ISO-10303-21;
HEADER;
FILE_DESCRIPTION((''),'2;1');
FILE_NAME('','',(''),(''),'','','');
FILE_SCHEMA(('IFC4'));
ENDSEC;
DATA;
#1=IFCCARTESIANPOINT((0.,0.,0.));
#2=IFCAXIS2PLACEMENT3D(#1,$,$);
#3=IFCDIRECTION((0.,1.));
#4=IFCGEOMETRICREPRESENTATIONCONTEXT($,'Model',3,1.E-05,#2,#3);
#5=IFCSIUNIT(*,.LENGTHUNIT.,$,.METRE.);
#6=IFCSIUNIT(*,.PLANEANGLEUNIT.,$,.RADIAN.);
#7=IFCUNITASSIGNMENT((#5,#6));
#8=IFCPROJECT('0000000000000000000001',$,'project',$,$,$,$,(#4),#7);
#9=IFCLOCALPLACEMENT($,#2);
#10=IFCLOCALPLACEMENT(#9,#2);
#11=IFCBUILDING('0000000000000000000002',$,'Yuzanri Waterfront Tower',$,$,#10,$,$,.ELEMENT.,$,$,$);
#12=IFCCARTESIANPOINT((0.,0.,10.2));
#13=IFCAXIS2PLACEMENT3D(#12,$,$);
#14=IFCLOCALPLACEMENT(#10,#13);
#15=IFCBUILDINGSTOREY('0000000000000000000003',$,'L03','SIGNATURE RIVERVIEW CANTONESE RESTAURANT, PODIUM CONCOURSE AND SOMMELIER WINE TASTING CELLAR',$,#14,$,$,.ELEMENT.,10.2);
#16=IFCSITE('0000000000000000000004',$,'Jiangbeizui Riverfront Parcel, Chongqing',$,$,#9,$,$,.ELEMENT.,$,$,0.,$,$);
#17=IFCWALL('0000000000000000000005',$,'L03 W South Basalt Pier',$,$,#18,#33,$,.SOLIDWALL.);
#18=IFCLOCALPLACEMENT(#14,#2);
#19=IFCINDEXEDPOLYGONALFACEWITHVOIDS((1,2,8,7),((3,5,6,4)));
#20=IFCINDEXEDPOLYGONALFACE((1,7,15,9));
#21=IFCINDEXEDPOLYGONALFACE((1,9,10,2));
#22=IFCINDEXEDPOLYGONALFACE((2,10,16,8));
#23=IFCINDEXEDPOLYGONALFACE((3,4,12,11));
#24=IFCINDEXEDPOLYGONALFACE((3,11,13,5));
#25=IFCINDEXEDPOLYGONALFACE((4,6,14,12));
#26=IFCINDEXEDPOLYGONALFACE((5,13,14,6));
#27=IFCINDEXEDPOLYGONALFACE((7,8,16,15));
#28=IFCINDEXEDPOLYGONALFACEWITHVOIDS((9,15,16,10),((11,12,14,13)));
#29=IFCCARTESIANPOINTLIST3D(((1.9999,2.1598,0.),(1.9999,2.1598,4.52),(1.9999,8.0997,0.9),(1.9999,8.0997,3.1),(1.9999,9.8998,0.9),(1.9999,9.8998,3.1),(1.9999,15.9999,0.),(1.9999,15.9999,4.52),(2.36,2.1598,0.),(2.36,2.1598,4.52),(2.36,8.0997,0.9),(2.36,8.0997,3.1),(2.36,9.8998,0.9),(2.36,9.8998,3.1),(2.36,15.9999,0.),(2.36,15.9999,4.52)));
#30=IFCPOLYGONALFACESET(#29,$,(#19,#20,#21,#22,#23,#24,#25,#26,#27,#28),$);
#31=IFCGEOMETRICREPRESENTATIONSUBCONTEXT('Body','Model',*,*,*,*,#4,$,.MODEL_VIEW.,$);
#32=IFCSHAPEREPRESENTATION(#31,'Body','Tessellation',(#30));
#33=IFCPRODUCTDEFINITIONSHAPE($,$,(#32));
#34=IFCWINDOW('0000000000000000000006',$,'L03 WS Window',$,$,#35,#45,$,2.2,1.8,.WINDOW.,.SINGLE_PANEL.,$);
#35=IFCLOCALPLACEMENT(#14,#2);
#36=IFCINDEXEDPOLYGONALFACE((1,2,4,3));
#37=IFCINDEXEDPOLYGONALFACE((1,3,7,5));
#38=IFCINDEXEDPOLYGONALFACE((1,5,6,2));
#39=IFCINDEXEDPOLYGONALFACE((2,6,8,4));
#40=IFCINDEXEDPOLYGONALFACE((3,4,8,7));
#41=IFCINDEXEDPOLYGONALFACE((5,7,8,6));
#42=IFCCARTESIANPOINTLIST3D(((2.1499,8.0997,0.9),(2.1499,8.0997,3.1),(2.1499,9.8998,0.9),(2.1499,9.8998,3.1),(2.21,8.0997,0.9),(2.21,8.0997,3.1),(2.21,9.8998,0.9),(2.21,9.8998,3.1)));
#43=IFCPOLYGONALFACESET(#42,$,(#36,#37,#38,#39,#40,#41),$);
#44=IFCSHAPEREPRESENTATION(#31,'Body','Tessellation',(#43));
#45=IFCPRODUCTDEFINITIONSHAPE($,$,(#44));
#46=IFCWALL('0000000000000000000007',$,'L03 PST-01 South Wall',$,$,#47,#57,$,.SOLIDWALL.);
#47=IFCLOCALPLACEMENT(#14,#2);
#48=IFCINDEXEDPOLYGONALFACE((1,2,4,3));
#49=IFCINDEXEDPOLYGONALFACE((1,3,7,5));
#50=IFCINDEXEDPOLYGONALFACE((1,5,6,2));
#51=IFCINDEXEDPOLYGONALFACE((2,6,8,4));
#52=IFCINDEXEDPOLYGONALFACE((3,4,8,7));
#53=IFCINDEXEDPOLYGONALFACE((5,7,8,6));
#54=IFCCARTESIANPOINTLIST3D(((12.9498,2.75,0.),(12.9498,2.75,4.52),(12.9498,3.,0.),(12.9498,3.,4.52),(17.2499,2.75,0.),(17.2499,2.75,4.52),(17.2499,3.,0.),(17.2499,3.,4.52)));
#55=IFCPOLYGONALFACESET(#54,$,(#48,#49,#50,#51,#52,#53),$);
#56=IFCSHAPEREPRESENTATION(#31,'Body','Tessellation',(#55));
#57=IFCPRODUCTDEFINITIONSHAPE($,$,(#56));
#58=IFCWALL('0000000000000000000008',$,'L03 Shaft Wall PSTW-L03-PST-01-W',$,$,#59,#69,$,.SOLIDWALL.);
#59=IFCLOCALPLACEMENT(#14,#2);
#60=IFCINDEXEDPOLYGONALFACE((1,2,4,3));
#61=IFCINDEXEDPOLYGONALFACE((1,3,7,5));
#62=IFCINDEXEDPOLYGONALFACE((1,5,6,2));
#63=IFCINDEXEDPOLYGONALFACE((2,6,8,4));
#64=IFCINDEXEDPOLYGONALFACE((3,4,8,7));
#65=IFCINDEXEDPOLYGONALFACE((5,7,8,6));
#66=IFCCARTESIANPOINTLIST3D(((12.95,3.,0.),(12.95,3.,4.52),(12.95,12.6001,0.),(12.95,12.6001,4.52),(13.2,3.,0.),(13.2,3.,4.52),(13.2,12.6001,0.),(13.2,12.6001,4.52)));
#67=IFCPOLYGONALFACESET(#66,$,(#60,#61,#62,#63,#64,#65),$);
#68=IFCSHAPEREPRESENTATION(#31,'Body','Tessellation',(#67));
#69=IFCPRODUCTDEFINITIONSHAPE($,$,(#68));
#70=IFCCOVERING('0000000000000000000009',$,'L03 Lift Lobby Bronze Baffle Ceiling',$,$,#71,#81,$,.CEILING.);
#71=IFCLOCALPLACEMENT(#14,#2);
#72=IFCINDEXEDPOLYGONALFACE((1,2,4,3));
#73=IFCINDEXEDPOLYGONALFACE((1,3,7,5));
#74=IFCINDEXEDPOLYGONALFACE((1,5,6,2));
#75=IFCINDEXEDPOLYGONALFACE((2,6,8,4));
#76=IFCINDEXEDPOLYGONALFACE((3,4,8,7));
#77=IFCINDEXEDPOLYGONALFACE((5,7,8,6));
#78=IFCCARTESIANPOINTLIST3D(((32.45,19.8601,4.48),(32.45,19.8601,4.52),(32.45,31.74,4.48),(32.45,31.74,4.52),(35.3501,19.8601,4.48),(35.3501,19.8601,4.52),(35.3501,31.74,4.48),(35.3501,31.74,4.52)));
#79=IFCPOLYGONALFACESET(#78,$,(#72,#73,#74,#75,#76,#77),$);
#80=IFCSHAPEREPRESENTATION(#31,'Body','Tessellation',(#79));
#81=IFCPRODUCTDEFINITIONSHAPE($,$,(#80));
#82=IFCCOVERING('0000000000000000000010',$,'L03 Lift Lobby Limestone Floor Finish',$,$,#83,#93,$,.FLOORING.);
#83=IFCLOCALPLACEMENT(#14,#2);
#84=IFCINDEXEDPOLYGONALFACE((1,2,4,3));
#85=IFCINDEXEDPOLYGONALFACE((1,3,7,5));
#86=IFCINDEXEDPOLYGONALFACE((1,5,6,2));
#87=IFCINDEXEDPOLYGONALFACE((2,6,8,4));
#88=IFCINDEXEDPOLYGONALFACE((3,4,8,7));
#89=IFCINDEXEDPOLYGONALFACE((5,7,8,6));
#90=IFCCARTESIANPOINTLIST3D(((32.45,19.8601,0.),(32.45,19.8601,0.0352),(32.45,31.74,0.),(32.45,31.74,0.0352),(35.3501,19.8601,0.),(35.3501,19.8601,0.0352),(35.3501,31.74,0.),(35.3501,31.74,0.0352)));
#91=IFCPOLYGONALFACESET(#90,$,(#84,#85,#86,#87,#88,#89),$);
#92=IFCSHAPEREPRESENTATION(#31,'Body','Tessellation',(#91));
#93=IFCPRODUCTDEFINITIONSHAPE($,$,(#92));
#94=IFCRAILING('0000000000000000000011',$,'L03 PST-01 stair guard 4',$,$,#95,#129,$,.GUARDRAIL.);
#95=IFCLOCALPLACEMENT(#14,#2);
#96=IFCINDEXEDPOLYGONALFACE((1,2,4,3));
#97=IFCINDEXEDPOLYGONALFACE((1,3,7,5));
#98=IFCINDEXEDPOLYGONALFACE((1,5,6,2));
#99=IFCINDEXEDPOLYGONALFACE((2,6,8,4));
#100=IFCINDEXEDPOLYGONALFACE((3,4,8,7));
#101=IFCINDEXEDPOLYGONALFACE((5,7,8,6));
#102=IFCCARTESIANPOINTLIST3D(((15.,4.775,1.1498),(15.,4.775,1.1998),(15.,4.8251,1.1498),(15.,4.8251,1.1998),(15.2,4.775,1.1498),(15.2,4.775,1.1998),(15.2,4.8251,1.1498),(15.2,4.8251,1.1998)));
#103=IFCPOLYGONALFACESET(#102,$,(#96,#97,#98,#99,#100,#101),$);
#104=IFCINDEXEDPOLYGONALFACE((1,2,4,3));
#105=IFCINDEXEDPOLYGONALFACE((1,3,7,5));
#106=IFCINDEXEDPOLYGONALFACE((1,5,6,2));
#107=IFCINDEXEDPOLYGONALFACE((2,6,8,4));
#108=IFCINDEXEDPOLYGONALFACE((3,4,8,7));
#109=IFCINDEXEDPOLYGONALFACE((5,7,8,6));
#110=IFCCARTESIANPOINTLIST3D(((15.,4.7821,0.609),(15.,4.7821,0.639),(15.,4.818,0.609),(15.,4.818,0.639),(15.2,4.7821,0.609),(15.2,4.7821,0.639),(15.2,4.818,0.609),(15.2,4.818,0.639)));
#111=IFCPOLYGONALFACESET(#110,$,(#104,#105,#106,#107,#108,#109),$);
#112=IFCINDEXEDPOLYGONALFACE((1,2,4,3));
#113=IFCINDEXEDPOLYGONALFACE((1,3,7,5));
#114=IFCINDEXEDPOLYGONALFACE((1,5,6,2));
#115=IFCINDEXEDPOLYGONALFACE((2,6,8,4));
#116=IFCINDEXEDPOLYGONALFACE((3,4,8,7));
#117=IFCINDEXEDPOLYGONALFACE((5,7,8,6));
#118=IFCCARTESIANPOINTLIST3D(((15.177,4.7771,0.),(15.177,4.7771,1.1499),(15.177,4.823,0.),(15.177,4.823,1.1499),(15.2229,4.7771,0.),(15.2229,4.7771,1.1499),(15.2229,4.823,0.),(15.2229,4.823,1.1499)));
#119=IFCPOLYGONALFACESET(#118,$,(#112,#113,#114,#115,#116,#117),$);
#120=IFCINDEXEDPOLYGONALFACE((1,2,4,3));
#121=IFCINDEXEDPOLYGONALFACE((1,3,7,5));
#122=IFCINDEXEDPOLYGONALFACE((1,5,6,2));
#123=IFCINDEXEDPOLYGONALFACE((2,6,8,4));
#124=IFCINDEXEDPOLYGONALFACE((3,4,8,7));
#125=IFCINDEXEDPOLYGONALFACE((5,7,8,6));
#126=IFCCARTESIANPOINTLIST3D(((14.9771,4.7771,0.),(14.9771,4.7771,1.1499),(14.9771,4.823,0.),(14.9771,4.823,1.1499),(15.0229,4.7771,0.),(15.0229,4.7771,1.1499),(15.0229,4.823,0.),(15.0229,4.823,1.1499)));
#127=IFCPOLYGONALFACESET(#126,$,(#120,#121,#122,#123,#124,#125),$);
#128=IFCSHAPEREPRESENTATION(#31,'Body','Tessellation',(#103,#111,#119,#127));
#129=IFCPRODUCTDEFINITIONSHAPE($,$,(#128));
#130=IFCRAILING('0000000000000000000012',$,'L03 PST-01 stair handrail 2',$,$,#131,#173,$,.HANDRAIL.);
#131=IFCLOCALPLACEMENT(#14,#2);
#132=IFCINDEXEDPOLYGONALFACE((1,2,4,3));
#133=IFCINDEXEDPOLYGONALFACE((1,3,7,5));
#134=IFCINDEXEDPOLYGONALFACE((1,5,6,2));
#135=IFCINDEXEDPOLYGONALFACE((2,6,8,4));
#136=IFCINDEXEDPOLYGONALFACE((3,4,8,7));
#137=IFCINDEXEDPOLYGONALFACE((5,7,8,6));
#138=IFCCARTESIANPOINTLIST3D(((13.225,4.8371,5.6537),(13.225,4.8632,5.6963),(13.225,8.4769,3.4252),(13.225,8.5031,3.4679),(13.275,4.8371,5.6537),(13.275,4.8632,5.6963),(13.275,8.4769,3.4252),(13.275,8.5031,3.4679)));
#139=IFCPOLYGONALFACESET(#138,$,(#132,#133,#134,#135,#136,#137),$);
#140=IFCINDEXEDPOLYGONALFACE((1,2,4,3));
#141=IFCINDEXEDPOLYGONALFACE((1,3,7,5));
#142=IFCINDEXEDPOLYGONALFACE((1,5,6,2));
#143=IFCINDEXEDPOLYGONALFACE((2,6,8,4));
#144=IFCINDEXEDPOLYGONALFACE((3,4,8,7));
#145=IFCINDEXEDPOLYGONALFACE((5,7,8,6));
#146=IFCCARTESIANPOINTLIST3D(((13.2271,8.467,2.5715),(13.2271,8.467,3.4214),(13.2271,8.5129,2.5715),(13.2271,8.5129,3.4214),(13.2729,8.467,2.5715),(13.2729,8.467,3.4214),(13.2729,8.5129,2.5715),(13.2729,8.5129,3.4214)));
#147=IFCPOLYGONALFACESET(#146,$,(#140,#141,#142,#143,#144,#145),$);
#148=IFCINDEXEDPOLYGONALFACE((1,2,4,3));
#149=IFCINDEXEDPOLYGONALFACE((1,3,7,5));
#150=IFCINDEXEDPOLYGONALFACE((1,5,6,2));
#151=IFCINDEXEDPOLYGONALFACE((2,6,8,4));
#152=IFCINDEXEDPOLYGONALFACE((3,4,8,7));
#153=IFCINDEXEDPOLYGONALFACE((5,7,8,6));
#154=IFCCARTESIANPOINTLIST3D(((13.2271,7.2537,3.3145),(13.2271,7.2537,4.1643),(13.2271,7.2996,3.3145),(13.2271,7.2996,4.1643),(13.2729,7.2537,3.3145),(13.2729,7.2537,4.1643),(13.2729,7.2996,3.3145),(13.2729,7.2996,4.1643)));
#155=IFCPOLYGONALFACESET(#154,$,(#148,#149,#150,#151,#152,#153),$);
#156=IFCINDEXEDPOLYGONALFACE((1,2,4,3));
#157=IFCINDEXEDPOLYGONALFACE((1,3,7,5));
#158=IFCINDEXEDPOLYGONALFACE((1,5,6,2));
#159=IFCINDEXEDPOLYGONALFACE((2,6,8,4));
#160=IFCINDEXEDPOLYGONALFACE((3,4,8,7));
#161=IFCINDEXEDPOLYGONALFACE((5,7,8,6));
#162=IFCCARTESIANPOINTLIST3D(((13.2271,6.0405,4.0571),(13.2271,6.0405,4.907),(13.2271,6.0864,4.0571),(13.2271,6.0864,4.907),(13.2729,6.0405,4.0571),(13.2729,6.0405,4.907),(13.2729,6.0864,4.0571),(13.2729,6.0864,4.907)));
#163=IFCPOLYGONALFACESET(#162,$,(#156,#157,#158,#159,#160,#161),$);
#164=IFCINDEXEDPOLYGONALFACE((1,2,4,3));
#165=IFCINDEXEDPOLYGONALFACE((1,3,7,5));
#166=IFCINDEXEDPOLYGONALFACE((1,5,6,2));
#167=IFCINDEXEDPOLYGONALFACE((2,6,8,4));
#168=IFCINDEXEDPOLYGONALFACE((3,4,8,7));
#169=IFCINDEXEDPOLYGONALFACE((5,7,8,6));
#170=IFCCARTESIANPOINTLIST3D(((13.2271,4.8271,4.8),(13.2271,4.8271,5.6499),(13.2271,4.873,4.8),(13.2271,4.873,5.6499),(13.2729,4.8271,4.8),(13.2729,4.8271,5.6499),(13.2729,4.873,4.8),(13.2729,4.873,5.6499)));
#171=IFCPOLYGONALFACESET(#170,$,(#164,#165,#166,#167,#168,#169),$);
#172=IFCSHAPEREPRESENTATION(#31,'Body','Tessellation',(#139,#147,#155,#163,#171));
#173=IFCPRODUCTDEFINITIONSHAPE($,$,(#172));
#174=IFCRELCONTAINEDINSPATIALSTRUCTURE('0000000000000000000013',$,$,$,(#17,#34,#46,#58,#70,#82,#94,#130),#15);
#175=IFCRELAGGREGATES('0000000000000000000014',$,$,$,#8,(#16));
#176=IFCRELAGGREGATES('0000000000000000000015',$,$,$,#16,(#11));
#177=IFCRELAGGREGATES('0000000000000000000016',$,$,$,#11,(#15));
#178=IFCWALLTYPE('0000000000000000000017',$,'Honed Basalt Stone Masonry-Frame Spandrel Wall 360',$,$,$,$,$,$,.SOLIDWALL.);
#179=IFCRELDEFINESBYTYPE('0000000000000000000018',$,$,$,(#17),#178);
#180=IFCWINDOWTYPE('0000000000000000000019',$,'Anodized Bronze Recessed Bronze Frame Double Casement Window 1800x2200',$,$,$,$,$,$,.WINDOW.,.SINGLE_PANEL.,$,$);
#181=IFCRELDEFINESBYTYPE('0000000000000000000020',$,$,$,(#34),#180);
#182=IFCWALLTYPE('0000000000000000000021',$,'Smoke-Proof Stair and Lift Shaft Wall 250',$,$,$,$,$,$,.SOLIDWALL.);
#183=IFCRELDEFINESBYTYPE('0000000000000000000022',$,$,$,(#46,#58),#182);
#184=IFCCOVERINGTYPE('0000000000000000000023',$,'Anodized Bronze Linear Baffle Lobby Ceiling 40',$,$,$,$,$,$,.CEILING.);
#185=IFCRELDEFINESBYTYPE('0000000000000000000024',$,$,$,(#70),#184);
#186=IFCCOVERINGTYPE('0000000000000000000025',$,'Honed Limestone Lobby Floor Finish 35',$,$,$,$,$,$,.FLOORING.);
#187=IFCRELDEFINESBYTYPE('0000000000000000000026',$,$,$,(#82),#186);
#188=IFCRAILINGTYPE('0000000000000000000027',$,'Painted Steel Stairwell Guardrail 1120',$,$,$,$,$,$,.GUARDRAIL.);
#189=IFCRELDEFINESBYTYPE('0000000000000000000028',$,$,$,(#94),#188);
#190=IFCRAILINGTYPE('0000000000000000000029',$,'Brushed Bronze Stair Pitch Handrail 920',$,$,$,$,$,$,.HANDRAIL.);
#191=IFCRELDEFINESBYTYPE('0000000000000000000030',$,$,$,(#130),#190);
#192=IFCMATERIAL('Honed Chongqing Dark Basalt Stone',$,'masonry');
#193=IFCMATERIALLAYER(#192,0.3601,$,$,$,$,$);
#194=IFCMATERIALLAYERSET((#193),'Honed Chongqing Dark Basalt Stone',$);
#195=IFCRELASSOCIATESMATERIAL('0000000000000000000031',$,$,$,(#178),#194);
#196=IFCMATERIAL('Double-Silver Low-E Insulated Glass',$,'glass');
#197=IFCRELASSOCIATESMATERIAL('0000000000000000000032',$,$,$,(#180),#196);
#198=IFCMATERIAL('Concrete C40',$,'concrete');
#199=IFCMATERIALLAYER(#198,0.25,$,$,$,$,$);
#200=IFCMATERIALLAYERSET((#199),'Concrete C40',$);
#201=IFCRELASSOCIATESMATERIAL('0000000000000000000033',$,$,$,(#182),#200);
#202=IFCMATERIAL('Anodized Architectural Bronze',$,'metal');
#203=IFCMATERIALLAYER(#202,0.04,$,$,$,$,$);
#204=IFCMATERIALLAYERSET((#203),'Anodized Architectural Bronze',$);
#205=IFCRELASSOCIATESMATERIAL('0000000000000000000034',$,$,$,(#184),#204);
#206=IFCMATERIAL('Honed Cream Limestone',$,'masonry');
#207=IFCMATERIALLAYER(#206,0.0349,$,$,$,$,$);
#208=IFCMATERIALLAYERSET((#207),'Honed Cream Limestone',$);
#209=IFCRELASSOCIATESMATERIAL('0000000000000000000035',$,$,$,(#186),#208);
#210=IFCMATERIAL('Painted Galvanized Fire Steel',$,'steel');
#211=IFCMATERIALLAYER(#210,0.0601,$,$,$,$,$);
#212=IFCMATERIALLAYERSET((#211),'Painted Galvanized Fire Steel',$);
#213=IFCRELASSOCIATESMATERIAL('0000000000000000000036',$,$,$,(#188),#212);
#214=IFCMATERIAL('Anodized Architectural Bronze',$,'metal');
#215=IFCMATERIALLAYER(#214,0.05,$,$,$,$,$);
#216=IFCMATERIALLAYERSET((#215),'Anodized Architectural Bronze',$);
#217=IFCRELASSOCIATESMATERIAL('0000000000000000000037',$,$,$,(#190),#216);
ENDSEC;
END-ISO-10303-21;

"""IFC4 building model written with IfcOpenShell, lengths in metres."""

from ifc_helpers import new_model, si_unit, direction, frame, frame_2d, origin, origin_2d, place, context, subcontext, project, spatial, polyline, rectangle, outline, extrude, source, transform, mapped, material, layer, layer_set, type_object, element, fill, save


model = new_model("IFC4")

# Units and contexts
model_context = context("Model", 3, precision=1e-05, world=origin(), true_north=direction((0.0, 1.0)))
body_context = subcontext(model_context, "Body", "Model", "MODEL_VIEW")
ifc_project = project(units=[si_unit("LENGTHUNIT", "METRE"), si_unit("PLANEANGLEUNIT", "RADIAN")], contexts=[model_context])

# Site, building, storey
site_placement = place(None, origin())
site = spatial("IfcSite", under=ifc_project, at=site_placement, Name="Jiangbeizui Riverfront Parcel, Chongqing", CompositionType="ELEMENT", RefElevation=0.0)
building_placement = place(site_placement, origin())
building = spatial("IfcBuilding", under=site, at=building_placement, Name="Yuzanri Waterfront Tower", CompositionType="ELEMENT")
storey_placement = place(building_placement, frame((0.0, 0.0, 10.2)))
storey = spatial("IfcBuildingStorey", under=building, at=storey_placement, Name="L03", Description="SIGNATURE RIVERVIEW CANTONESE RESTAURANT, PODIUM CONCOURSE AND SOMMELIER WINE TASTING CELLAR", CompositionType="ELEMENT", Elevation=10.2)

# Wall, opening, window
ifc_material_1 = material(Name="Honed Chongqing Dark Basalt Stone", Category="masonry")
ifc_layer_1 = layer(ifc_material_1, 0.3601)
ifc_layer_set_1 = layer_set([ifc_layer_1], Name="Honed Chongqing Dark Basalt Stone")
wall_type_1 = type_object("IfcWallType", Name="Honed Basalt Stone Masonry-Frame Spandrel Wall 360", PredefinedType="SOLIDWALL", material=ifc_layer_set_1)
wall_1_placement = place(storey_placement, frame((2.1799, 2.1599, 0.0), z_axis=(0.0, 0.0, 1.0), x_axis=(0.0, 1.0, 0.0)))
wall_1 = element("IfcWall", 1, at=wall_1_placement, inside=storey, type_object=wall_type_1, Name="L03 W South Basalt Pier", PredefinedType="SOLIDWALL", context=body_context, shape_type="SweptSolid", body=[
    extrude(rectangle(XDim=13.8401, YDim=0.3601, at=frame_2d((6.9199, 0.0))), origin(), (0.0, 0.0, 1.0), 4.52),
])
opening_1_placement = place(wall_1_placement, frame((5.9399, 0.0, 0.8999)))
opening_1 = element("IfcOpeningElement", 2, at=opening_1_placement, cuts=wall_1, PredefinedType="OPENING", context=body_context, shape_type="SweptSolid", body=[
    extrude(rectangle(XDim=1.8, YDim=2.2, at=frame_2d((0.8999, 1.1001))), frame((0.0, 0.1948, 0.0), z_axis=(0.0, -1.0, 0.0), x_axis=(1.0, 0.0, 0.0)), (0.0, 0.0, 1.0), 0.3899),
])
ifc_material_2 = material(Name="Double-Silver Low-E Insulated Glass", Category="glass")
window_type_1 = type_object("IfcWindowType", Name="Anodized Bronze Recessed Bronze Frame Double Casement Window 1800x2200", PartitioningType="SINGLE_PANEL", PredefinedType="WINDOW", material=ifc_material_2)
shared_shape_1 = source(origin(), body_context, "Body", "SweptSolid", [
    extrude(rectangle(XDim=1.8, YDim=2.2, at=frame_2d((0.8999, 1.1001))), frame((0.0, 0.03, 0.0), z_axis=(0.0, -1.0, 0.0), x_axis=(1.0, 0.0, 0.0)), (0.0, 0.0, 1.0), 0.0601),
])
window_1_placement = place(opening_1_placement, origin())
window_1 = element("IfcWindow", 3, at=window_1_placement, inside=storey, type_object=window_type_1, Name="L03 WS Window", OverallHeight=2.2, OverallWidth=1.8, PartitioningType="SINGLE_PANEL", PredefinedType="WINDOW", context=body_context, shape_type="MappedRepresentation", body=[
    mapped(shared_shape_1, transform((0.0, 0.0, 0.0), scale=1.0)),
])
fill(opening_1, window_1)

# Walls
ifc_material_3 = material(Name="Concrete C40", Category="concrete")
ifc_layer_2 = layer(ifc_material_3, 0.25)
ifc_layer_set_2 = layer_set([ifc_layer_2], Name="Concrete C40")
wall_type_2 = type_object("IfcWallType", Name="Smoke-Proof Stair and Lift Shaft Wall 250", PredefinedType="SOLIDWALL", material=ifc_layer_set_2)
shared_shape_2 = source(origin(), body_context, "Body", "SweptSolid", [
    extrude(rectangle(XDim=4.3, YDim=0.25, at=frame_2d((2.1499, 0.0))), origin(), (0.0, 0.0, 1.0), 4.52),
])
wall_2_placement = place(storey_placement, frame((12.95, 2.875, 0.0), z_axis=(0.0, 0.0, 1.0), x_axis=(1.0, 0.0, 0.0)))
element("IfcWall", 4, at=wall_2_placement, inside=storey, type_object=wall_type_2, Name="L03 PST-01 South Wall", PredefinedType="SOLIDWALL", context=body_context, shape_type="MappedRepresentation", body=[
    mapped(shared_shape_2, transform((0.0, 0.0, 0.0), scale=1.0)),
])
shared_shape_3 = source(origin(), body_context, "Body", "SweptSolid", [
    extrude(rectangle(XDim=9.6001, YDim=0.25, at=frame_2d((4.8, 0.0))), origin(), (0.0, 0.0, 1.0), 4.52),
])
wall_3_placement = place(storey_placement, frame((13.075, 3.0, 0.0), z_axis=(0.0, 0.0, 1.0), x_axis=(0.0, 1.0, 0.0)))
element("IfcWall", 5, at=wall_3_placement, inside=storey, type_object=wall_type_2, Name="L03 Shaft Wall PSTW-L03-PST-01-W", PredefinedType="SOLIDWALL", context=body_context, shape_type="MappedRepresentation", body=[
    mapped(shared_shape_3, transform((0.0, 0.0, 0.0), scale=1.0)),
])

# Coverings
ifc_material_4 = material(Name="Anodized Architectural Bronze", Category="metal")
ifc_layer_3 = layer(ifc_material_4, 0.04)
ifc_layer_set_3 = layer_set([ifc_layer_3], Name="Anodized Architectural Bronze")
covering_type_1 = type_object("IfcCoveringType", Name="Anodized Bronze Linear Baffle Lobby Ceiling 40", PredefinedType="CEILING", material=ifc_layer_set_3)
covering_1_placement = place(storey_placement, frame((0.0, 0.0, 4.48)))
element("IfcCovering", 6, at=covering_1_placement, inside=storey, type_object=covering_type_1, Name="L03 Lift Lobby Bronze Baffle Ceiling", PredefinedType="CEILING", context=body_context, shape_type="SweptSolid", body=[
    extrude(outline(polyline([(32.45, 19.8601), (35.3501, 19.8601), (35.3501, 31.74), (32.45, 31.74), (32.45, 19.8601)])), origin(), (0.0, 0.0, 1.0), 0.04),
])
ifc_material_5 = material(Name="Honed Cream Limestone", Category="masonry")
ifc_layer_4 = layer(ifc_material_5, 0.0349)
ifc_layer_set_4 = layer_set([ifc_layer_4], Name="Honed Cream Limestone")
covering_type_2 = type_object("IfcCoveringType", Name="Honed Limestone Lobby Floor Finish 35", PredefinedType="FLOORING", material=ifc_layer_set_4)
covering_2_placement = place(storey_placement, origin())
element("IfcCovering", 7, at=covering_2_placement, inside=storey, type_object=covering_type_2, Name="L03 Lift Lobby Limestone Floor Finish", PredefinedType="FLOORING", context=body_context, shape_type="SweptSolid", body=[
    extrude(outline(polyline([(32.45, 19.8601), (35.3501, 19.8601), (35.3501, 31.74), (32.45, 31.74), (32.45, 19.8601)])), origin(), (0.0, 0.0, 1.0), 0.0352),
])

# Railings
ifc_material_6 = material(Name="Painted Galvanized Fire Steel", Category="steel")
ifc_layer_5 = layer(ifc_material_6, 0.0601)
ifc_layer_set_5 = layer_set([ifc_layer_5], Name="Painted Galvanized Fire Steel")
railing_type_1 = type_object("IfcRailingType", Name="Painted Steel Stairwell Guardrail 1120", PredefinedType="GUARDRAIL", material=ifc_layer_set_5)
shared_shape_4 = source(origin(), body_context, "Body", "SweptSolid", [
    extrude(rectangle(XDim=0.05, YDim=0.05, at=origin_2d()), frame((0.0, 0.0, 1.1748), z_axis=(-1.0, 0.0, 0.0), x_axis=(0.0, -1.0, 0.0)), (0.0, 0.0, 1.0), 0.2),
    extrude(rectangle(XDim=0.0359, YDim=0.03, at=origin_2d()), frame((0.0, 0.0, 0.624), z_axis=(-1.0, 0.0, 0.0), x_axis=(0.0, -1.0, 0.0)), (0.0, 0.0, 1.0), 0.2),
    extrude(rectangle(XDim=0.0459, YDim=0.0459, at=origin_2d()), origin(), (0.0, 0.0, 1.0), 1.1499),
    extrude(rectangle(XDim=0.0459, YDim=0.0459, at=origin_2d()), frame((-0.2, 0.0, 0.0)), (0.0, 0.0, 1.0), 1.1499),
])
railing_1_placement = place(storey_placement, frame((15.2, 4.8, 0.0)))
element("IfcRailing", 8, at=railing_1_placement, inside=storey, type_object=railing_type_1, Name="L03 PST-01 stair guard 4", PredefinedType="GUARDRAIL", context=body_context, shape_type="MappedRepresentation", body=[
    mapped(shared_shape_4, transform((0.0, 0.0, 0.0), scale=1.0)),
])
ifc_material_7 = material(Name="Anodized Architectural Bronze", Category="metal")
ifc_layer_6 = layer(ifc_material_7, 0.05)
ifc_layer_set_6 = layer_set([ifc_layer_6], Name="Anodized Architectural Bronze")
railing_type_2 = type_object("IfcRailingType", Name="Brushed Bronze Stair Pitch Handrail 920", PredefinedType="HANDRAIL", material=ifc_layer_set_6)
shared_shape_5 = source(origin(), body_context, "Body", "SweptSolid", [
    extrude(rectangle(XDim=0.05, YDim=0.05, at=origin_2d()), frame((0.0, 0.0, 0.875), z_axis=(0.0, -0.85285, 0.522156), x_axis=(1.0, 0.0, 0.0)), (0.0, 0.0, 1.0), 4.2678),
    extrude(rectangle(XDim=0.0459, YDim=0.0459, at=origin_2d()), origin(), (0.0, 0.0, 1.0), 0.8499),
    extrude(rectangle(XDim=0.0459, YDim=0.0459, at=origin_2d()), frame((0.0, -1.2134, 0.7429)), (0.0, 0.0, 1.0), 0.8499),
    extrude(rectangle(XDim=0.0459, YDim=0.0459, at=origin_2d()), frame((0.0, -2.4265, 1.4856)), (0.0, 0.0, 1.0), 0.8499),
    extrude(rectangle(XDim=0.0459, YDim=0.0459, at=origin_2d()), frame((0.0, -3.6399, 2.2285)), (0.0, 0.0, 1.0), 0.8499),
])
railing_2_placement = place(storey_placement, frame((13.25, 8.49, 2.5715)))
element("IfcRailing", 9, at=railing_2_placement, inside=storey, type_object=railing_type_2, Name="L03 PST-01 stair handrail 2", PredefinedType="HANDRAIL", context=body_context, shape_type="MappedRepresentation", body=[
    mapped(shared_shape_5, transform((0.0, 0.0, 0.0), scale=1.0)),
])

save(model, "model.ifc")
